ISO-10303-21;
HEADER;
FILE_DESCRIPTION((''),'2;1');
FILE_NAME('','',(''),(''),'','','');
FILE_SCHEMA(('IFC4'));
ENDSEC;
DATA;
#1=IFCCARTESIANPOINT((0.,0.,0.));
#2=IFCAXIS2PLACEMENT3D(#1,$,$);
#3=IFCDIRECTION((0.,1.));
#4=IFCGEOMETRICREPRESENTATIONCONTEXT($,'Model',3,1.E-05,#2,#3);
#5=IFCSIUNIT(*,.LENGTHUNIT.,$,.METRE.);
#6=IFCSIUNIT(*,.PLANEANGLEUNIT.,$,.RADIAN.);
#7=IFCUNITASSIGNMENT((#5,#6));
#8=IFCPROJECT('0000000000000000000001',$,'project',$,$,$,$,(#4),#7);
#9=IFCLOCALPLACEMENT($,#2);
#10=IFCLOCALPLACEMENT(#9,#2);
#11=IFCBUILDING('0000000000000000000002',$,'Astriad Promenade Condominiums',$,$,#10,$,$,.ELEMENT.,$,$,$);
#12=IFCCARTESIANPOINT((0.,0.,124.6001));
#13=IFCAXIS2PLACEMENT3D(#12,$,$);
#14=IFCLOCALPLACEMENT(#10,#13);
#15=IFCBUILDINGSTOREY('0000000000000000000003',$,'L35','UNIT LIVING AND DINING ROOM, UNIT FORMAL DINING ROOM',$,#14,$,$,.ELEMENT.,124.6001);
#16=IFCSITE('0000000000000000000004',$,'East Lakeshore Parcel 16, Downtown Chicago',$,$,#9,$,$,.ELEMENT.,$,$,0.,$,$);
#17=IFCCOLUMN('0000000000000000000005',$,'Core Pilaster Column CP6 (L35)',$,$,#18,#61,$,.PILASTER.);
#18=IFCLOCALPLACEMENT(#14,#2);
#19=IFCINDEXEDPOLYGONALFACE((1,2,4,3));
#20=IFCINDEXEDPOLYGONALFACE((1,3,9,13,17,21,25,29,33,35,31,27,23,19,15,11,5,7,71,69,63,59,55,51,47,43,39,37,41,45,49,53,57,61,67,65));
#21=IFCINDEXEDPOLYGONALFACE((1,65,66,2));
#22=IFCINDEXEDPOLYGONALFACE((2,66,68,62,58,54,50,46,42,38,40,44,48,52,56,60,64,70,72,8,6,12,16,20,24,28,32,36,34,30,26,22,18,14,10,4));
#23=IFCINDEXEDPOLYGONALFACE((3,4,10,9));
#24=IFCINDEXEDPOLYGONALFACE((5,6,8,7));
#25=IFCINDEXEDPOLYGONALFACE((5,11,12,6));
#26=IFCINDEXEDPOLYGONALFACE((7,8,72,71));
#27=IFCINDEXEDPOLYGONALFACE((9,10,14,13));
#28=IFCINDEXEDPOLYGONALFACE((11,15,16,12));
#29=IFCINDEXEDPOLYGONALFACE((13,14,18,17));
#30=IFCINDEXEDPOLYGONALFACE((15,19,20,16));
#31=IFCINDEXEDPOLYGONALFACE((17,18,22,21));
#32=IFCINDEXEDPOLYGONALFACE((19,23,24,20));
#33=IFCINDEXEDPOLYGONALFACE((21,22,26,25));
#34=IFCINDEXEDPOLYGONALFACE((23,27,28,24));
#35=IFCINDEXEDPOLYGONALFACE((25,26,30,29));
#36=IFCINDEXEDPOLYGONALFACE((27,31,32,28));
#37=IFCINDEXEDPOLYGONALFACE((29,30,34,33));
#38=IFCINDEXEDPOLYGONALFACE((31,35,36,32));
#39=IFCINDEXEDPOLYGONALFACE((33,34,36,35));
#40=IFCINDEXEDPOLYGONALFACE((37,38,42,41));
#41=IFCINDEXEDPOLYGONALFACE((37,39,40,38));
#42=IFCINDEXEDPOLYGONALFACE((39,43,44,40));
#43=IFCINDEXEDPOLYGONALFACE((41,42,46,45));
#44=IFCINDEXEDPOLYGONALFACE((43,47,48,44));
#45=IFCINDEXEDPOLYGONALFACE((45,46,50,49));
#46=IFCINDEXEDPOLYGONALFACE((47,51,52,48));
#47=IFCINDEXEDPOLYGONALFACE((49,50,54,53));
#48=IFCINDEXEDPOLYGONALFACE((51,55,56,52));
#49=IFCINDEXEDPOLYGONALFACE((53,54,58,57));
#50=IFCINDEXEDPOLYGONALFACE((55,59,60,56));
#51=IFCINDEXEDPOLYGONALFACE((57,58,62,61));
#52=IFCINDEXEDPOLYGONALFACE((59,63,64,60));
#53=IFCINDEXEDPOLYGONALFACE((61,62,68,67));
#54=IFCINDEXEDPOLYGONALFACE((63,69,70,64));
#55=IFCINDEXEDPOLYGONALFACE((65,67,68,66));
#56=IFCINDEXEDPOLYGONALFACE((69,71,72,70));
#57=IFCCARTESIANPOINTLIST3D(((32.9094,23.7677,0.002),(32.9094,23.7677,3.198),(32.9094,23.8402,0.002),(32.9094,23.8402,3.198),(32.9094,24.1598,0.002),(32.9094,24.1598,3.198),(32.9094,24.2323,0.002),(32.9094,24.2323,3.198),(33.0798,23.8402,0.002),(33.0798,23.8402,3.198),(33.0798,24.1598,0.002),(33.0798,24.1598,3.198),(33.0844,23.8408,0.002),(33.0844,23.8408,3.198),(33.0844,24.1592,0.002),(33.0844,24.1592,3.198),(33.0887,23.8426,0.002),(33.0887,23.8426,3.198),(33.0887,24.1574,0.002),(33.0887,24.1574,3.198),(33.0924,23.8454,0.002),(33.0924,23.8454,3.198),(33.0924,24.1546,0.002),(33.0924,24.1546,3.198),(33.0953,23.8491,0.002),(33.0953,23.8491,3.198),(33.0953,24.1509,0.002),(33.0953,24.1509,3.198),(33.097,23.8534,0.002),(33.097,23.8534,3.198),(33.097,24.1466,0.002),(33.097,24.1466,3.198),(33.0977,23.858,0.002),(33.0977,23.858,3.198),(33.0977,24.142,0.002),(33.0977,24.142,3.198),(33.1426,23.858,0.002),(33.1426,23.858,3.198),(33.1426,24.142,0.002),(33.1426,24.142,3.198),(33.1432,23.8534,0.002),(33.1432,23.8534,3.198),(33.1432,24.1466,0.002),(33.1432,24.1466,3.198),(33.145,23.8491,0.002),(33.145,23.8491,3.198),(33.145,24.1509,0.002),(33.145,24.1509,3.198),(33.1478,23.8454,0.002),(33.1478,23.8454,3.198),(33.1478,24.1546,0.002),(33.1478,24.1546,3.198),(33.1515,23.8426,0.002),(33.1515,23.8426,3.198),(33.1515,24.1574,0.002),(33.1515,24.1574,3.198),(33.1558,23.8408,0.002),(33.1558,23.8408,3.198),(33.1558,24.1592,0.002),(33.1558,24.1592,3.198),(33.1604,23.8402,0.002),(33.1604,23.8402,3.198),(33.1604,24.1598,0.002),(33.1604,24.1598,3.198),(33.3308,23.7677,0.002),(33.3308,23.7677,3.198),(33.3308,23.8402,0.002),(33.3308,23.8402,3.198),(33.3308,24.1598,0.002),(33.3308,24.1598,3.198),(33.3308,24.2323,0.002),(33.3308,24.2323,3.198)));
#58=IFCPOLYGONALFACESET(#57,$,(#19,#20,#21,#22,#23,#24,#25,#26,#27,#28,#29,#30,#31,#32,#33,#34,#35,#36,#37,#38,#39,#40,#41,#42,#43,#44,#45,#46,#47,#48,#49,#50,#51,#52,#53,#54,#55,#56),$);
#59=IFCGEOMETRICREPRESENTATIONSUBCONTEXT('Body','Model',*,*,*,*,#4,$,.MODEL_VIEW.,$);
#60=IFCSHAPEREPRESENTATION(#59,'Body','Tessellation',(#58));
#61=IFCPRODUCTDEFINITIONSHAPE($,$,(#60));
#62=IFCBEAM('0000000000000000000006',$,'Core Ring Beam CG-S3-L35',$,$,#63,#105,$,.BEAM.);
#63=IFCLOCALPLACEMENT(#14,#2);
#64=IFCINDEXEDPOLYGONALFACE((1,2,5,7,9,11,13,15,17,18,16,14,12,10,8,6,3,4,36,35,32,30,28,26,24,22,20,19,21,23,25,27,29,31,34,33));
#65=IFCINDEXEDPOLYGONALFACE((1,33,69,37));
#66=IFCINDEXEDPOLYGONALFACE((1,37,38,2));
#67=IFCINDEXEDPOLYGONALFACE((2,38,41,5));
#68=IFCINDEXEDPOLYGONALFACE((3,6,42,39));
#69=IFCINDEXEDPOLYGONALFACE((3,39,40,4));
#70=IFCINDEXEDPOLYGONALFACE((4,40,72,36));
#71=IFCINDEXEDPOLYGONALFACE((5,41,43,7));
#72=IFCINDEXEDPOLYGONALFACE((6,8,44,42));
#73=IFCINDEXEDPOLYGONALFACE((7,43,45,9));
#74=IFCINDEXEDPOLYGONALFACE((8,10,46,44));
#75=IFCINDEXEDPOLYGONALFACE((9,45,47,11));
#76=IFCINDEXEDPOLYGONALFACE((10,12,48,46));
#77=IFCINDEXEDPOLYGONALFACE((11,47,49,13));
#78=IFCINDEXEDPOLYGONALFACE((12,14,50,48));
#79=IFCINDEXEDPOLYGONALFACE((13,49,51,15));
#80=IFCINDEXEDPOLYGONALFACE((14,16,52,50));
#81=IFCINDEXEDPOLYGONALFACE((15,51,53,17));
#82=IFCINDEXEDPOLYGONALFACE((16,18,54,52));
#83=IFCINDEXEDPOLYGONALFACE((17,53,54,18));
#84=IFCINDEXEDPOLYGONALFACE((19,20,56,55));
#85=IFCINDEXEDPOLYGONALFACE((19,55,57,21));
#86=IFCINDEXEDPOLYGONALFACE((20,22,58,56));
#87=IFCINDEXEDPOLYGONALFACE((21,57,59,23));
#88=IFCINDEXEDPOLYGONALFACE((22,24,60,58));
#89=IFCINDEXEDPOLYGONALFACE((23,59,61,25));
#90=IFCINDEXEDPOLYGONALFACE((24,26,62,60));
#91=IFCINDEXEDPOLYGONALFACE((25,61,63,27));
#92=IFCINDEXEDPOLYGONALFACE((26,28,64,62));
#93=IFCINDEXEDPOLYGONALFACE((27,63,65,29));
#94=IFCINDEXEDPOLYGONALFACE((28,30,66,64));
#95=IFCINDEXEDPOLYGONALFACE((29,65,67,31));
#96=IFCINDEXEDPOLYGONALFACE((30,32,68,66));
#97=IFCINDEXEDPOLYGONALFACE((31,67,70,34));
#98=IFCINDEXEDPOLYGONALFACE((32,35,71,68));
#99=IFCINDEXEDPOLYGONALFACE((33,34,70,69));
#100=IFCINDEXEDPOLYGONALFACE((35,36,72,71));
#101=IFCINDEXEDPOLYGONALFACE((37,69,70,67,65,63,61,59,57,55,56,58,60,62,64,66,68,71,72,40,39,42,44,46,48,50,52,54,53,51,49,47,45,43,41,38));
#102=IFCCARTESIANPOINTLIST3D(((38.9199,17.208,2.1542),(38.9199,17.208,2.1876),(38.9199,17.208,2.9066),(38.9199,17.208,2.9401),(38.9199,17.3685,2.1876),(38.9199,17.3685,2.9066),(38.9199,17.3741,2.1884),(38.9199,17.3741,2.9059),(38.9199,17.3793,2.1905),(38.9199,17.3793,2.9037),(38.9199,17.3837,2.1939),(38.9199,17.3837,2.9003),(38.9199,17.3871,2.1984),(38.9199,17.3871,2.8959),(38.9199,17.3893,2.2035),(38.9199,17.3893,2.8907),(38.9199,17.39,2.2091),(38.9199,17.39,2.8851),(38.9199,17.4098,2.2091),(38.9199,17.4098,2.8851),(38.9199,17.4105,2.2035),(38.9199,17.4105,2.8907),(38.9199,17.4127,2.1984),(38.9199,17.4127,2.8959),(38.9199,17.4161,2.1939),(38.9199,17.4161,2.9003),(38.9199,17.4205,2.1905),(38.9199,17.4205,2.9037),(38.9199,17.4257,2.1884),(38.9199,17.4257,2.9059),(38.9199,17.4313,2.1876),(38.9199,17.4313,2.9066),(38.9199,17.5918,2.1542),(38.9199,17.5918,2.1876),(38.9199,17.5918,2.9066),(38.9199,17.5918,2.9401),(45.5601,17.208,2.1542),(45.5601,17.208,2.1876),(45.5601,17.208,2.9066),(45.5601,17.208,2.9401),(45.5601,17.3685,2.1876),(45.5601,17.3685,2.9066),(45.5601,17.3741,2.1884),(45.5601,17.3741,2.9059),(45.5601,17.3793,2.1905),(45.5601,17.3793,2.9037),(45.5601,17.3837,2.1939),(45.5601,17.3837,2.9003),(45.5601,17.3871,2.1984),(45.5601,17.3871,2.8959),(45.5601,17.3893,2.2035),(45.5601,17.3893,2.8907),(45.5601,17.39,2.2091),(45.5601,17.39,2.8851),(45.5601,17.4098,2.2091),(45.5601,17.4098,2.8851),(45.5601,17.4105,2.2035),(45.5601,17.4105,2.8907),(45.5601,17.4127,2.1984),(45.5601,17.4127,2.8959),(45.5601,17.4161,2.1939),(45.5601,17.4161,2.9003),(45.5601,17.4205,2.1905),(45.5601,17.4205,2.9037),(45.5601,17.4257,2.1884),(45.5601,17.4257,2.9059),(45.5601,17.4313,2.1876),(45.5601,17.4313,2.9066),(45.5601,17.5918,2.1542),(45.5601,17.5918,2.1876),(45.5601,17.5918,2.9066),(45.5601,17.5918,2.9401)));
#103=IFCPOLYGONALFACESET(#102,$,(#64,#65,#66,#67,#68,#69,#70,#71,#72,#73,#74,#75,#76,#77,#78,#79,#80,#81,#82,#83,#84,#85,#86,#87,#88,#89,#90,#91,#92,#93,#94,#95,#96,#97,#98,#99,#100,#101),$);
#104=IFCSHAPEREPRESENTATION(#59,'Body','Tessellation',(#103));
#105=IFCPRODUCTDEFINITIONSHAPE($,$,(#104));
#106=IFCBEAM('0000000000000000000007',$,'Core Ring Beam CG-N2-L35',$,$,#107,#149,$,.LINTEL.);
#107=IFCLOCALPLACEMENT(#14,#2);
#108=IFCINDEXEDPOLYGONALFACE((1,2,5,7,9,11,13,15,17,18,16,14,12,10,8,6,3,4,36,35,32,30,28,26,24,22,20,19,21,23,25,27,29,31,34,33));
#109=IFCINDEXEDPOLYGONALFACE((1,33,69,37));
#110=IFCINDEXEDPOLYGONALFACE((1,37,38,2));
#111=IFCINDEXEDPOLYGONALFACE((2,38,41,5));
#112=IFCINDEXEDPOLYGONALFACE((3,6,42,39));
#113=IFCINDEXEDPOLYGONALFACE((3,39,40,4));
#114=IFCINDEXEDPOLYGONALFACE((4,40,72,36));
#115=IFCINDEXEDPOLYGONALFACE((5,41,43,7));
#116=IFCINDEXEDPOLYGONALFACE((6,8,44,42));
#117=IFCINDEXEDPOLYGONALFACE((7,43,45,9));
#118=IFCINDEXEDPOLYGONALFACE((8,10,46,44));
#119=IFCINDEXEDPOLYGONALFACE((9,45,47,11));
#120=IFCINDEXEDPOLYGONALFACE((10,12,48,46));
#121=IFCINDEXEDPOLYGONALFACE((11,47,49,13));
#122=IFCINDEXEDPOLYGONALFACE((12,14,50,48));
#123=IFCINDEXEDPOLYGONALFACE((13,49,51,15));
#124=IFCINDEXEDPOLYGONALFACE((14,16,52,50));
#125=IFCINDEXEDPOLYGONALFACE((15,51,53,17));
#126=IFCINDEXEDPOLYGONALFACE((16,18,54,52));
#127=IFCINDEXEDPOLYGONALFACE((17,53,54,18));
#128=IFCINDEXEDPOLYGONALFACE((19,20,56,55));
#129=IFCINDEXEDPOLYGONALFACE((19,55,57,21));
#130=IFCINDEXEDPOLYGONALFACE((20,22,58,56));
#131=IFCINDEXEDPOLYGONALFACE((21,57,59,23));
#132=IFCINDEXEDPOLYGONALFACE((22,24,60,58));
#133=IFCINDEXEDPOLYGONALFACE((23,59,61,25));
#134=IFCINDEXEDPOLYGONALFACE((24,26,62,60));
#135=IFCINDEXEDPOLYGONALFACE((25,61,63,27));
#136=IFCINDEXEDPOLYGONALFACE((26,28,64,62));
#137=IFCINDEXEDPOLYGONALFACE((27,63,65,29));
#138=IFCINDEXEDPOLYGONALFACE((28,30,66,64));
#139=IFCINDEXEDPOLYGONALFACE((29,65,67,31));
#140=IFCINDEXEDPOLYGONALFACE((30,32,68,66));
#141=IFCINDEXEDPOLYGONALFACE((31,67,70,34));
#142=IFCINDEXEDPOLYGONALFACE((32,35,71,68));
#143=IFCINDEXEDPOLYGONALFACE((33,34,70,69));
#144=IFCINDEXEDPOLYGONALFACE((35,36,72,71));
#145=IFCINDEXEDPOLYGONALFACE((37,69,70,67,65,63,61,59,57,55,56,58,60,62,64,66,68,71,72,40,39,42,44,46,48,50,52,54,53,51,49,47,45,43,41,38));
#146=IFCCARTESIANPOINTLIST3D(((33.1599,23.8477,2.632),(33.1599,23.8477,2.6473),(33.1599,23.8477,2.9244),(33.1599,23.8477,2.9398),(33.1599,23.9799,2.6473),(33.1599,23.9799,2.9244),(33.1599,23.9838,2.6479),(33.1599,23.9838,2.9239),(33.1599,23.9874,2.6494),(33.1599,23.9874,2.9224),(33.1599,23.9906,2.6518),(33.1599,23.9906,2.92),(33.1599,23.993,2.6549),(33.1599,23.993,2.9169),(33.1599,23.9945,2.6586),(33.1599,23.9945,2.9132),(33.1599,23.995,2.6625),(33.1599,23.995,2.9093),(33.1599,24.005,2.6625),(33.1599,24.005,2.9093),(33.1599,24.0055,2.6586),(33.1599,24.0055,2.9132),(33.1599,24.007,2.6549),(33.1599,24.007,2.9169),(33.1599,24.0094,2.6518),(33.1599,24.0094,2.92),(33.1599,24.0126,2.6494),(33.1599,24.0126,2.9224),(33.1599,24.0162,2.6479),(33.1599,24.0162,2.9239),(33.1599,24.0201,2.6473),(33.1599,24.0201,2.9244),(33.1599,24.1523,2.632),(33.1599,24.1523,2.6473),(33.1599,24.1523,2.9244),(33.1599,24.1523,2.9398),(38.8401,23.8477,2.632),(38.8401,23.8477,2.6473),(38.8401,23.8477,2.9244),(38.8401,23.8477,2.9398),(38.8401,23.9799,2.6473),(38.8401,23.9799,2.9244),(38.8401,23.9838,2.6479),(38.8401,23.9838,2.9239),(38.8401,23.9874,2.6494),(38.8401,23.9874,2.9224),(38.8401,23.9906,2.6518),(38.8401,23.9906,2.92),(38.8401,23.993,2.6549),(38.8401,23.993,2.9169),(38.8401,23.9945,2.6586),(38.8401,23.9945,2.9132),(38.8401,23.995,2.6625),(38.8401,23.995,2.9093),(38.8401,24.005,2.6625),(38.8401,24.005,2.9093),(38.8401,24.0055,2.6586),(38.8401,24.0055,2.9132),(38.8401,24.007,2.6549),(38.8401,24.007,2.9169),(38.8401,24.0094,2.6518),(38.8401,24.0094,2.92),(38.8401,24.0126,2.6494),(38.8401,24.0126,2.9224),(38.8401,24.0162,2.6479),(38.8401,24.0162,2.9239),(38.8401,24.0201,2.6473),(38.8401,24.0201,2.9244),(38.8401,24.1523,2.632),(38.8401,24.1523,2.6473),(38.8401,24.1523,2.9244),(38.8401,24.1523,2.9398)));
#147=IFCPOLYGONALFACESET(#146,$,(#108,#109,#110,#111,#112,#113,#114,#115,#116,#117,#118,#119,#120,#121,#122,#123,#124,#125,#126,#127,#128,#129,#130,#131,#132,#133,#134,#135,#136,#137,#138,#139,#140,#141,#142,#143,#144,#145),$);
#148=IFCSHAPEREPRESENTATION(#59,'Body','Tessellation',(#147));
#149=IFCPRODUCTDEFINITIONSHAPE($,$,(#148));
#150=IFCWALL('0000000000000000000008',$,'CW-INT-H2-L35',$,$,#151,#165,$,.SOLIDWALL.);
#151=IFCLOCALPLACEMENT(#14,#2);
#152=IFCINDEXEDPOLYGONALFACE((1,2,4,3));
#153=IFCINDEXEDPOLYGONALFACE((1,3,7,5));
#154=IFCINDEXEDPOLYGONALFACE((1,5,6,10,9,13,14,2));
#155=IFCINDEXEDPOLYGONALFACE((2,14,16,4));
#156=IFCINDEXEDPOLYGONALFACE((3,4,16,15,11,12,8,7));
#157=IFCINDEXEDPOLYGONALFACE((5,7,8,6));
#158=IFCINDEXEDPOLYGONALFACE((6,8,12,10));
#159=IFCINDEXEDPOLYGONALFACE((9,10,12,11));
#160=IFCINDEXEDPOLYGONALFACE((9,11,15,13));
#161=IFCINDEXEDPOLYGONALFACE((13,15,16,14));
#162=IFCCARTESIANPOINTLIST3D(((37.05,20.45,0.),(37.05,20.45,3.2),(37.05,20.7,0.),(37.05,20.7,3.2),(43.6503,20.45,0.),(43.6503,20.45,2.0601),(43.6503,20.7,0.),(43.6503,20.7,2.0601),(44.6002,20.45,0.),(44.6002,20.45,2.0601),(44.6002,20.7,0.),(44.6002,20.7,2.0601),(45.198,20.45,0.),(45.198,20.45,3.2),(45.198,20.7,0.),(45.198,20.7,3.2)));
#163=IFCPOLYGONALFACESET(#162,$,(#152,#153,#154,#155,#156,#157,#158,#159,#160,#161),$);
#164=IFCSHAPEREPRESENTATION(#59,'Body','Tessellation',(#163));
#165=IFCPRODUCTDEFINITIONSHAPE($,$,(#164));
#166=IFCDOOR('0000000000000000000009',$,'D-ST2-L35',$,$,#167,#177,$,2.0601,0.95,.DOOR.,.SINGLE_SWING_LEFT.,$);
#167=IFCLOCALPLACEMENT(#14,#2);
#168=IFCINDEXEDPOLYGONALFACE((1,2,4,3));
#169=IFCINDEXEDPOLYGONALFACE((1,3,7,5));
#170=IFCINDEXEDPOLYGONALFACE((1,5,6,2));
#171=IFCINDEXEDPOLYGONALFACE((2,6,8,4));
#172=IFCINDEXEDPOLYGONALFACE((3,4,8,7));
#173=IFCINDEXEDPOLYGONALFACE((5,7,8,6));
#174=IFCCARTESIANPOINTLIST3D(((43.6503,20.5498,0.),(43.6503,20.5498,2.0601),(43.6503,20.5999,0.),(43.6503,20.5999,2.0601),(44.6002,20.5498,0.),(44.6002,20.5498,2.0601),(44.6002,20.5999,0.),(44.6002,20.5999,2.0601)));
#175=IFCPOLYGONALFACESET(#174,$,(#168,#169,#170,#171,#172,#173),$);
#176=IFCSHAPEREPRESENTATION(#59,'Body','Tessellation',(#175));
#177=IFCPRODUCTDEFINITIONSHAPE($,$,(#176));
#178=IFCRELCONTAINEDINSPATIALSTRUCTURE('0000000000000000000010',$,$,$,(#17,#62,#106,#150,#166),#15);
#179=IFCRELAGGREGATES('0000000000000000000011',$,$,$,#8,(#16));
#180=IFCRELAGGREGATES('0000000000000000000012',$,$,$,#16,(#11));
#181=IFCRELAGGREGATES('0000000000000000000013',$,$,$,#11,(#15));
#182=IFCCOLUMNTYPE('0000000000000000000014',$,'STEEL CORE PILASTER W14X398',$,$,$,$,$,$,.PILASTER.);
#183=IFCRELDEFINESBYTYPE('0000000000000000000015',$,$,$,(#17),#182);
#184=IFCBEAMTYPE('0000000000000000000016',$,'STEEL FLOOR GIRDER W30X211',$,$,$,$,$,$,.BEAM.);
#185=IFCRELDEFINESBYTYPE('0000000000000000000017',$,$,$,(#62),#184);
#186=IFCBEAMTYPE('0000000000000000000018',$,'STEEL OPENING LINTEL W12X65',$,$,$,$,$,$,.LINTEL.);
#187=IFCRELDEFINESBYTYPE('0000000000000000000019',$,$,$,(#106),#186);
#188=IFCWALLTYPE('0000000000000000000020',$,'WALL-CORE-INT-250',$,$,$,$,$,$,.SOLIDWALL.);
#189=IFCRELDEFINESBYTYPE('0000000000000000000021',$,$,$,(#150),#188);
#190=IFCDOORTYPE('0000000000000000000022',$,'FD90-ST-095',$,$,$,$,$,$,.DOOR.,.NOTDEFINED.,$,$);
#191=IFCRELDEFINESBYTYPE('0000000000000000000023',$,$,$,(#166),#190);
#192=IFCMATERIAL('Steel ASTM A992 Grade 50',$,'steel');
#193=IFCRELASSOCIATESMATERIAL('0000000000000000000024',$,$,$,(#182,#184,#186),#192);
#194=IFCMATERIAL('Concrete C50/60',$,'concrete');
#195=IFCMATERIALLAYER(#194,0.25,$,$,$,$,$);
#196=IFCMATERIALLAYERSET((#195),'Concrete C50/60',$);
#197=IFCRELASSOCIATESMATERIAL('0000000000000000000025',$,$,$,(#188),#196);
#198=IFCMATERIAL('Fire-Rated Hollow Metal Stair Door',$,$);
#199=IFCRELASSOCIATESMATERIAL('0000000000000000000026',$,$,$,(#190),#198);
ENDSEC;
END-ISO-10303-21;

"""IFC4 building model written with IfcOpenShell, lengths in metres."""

from ifc_helpers import new_model, si_unit, direction, frame, frame_2d, origin, origin_2d, place, context, subcontext, project, spatial, rectangle, i_section, extrude, source, transform, mapped, material, layer, layer_set, material_profile, profile_set, type_object, type_shapes, element, fill, save


model = new_model("IFC4")

# Units and contexts
model_context = context("Model", 3, precision=1e-05, world=origin(), true_north=direction((0.0, 1.0)))
body_context = subcontext(model_context, "Body", "Model", "MODEL_VIEW")
ifc_project = project(units=[si_unit("LENGTHUNIT", "METRE"), si_unit("PLANEANGLEUNIT", "RADIAN")], contexts=[model_context])

# Site, building, storey
site_placement = place(None, origin())
site = spatial("IfcSite", under=ifc_project, at=site_placement, Name="East Lakeshore Parcel 16, Downtown Chicago", CompositionType="ELEMENT", RefElevation=0.0)
building_placement = place(site_placement, origin())
building = spatial("IfcBuilding", under=site, at=building_placement, Name="Astriad Promenade Condominiums", CompositionType="ELEMENT")
storey_placement = place(building_placement, frame((0.0, 0.0, 124.6001)))
storey = spatial("IfcBuildingStorey", under=building, at=storey_placement, Name="L35", Description="UNIT LIVING AND DINING ROOM, UNIT FORMAL DINING ROOM", CompositionType="ELEMENT", Elevation=124.6001)

# Column
ifc_material_1 = material(Name="Steel ASTM A992 Grade 50", Category="steel")
ifc_material_profile_1 = material_profile(ifc_material_1, i_section(OverallWidth=0.4214, OverallDepth=0.4646, WebThickness=0.0449, FlangeThickness=0.0725, FilletRadius=0.0178, at=origin_2d()), Name="W14X398")
ifc_profile_set_1 = profile_set([ifc_material_profile_1], Name="Steel ASTM A992 Grade 50")
column_type = type_object("IfcColumnType", Name="STEEL CORE PILASTER W14X398", PredefinedType="PILASTER", material=ifc_profile_set_1)
shared_shape_1 = source(origin(), body_context, "Body", "SweptSolid", [
    extrude(i_section(OverallWidth=0.4214, OverallDepth=0.4646, WebThickness=0.0449, FlangeThickness=0.0725, FilletRadius=0.0178, at=origin_2d()), origin(), (0.0, 0.0, 1.0), 3.196),
])
type_shapes(column_type, [shared_shape_1])
column_placement = place(storey_placement, frame((33.1201, 24.0, 0.002), z_axis=(0.0, 0.0, 1.0), x_axis=(1.0, 0.0, 0.0)))
element("IfcColumn", 1, at=column_placement, inside=storey, type_object=column_type, Name="Core Pilaster Column CP6 (L35)", PredefinedType="PILASTER", context=body_context, shape_type="MappedRepresentation", body=[
    mapped(shared_shape_1, transform((0.0, 0.0, 0.0), scale=1.0)),
])

# Beams
ifc_material_profile_2 = material_profile(ifc_material_1, i_section(OverallWidth=0.3838, OverallDepth=0.7859, WebThickness=0.0198, FlangeThickness=0.0334, FilletRadius=0.0215, at=origin_2d()), Name="W30X211")
ifc_profile_set_2 = profile_set([ifc_material_profile_2], Name="Steel ASTM A992 Grade 50")
beam_type_1 = type_object("IfcBeamType", Name="STEEL FLOOR GIRDER W30X211", PredefinedType="BEAM", material=ifc_profile_set_2)
shared_shape_2 = source(origin(), body_context, "Body", "SweptSolid", [
    extrude(i_section(OverallWidth=0.3838, OverallDepth=0.7859, WebThickness=0.0198, FlangeThickness=0.0334, FilletRadius=0.0215, at=origin_2d()), origin(), (0.0, 0.0, 1.0), 6.6401),
])
type_shapes(beam_type_1, [shared_shape_2])
beam_1_placement = place(storey_placement, frame((38.9199, 17.3999, 2.5471), z_axis=(1.0, 0.0, 0.0), x_axis=(0.0, 1.0, 0.0)))
element("IfcBeam", 2, at=beam_1_placement, inside=storey, type_object=beam_type_1, Name="Core Ring Beam CG-S3-L35", PredefinedType="BEAM", context=body_context, shape_type="MappedRepresentation", body=[
    mapped(shared_shape_2, transform((0.0, 0.0, 0.0), scale=1.0)),
])
ifc_material_profile_3 = material_profile(ifc_material_1, i_section(OverallWidth=0.3047, OverallDepth=0.3079, WebThickness=0.01, FlangeThickness=0.0154, FilletRadius=0.0151, at=origin_2d()), Name="W12X65")
ifc_profile_set_3 = profile_set([ifc_material_profile_3], Name="Steel ASTM A992 Grade 50")
beam_type_2 = type_object("IfcBeamType", Name="STEEL OPENING LINTEL W12X65", PredefinedType="LINTEL", material=ifc_profile_set_3)
shared_shape_3 = source(origin(), body_context, "Body", "SweptSolid", [
    extrude(i_section(OverallWidth=0.3047, OverallDepth=0.3079, WebThickness=0.01, FlangeThickness=0.0154, FilletRadius=0.0151, at=origin_2d()), origin(), (0.0, 0.0, 1.0), 5.6802),
])
type_shapes(beam_type_2, [shared_shape_3])
beam_2_placement = place(storey_placement, frame((33.1599, 24.0, 2.7859), z_axis=(1.0, 0.0, 0.0), x_axis=(0.0, 1.0, 0.0)))
element("IfcBeam", 3, at=beam_2_placement, inside=storey, type_object=beam_type_2, Name="Core Ring Beam CG-N2-L35", PredefinedType="LINTEL", context=body_context, shape_type="MappedRepresentation", body=[
    mapped(shared_shape_3, transform((0.0, 0.0, 0.0), scale=1.0)),
])

# Wall, opening, door
ifc_material_2 = material(Name="Concrete C50/60", Category="concrete")
ifc_layer_1 = layer(ifc_material_2, 0.25)
ifc_layer_set_1 = layer_set([ifc_layer_1], Name="Concrete C50/60")
wall_type_1 = type_object("IfcWallType", Name="WALL-CORE-INT-250", PredefinedType="SOLIDWALL", material=ifc_layer_set_1)
wall_1_placement = place(storey_placement, frame((37.05, 20.575, 0.0), z_axis=(0.0, 0.0, 1.0), x_axis=(1.0, 0.0, 0.0)))
wall_1 = element("IfcWall", 4, at=wall_1_placement, inside=storey, type_object=wall_type_1, Name="CW-INT-H2-L35", PredefinedType="SOLIDWALL", context=body_context, shape_type="SweptSolid", body=[
    extrude(rectangle(XDim=8.1479, YDim=0.25, at=frame_2d((4.074, 0.0))), origin(), (0.0, 0.0, 1.0), 3.2),
])
opening_1_placement = place(wall_1_placement, frame((6.6001, 0.0, 0.0)))
opening_1 = element("IfcOpeningElement", 5, at=opening_1_placement, cuts=wall_1, PredefinedType="OPENING", context=body_context, shape_type="SweptSolid", body=[
    extrude(rectangle(XDim=0.95, YDim=2.0601, at=frame_2d((0.4751, 1.03))), frame((0.0, 0.135, 0.0), z_axis=(0.0, -1.0, 0.0), x_axis=(1.0, 0.0, 0.0)), (0.0, 0.0, 1.0), 0.27),
])
ifc_material_3 = material(Name="Fire-Rated Hollow Metal Stair Door")
door_type_1 = type_object("IfcDoorType", Name="FD90-ST-095", OperationType="NOTDEFINED", PredefinedType="DOOR", material=ifc_material_3)
shared_shape_4 = source(origin(), body_context, "Body", "SweptSolid", [
    extrude(rectangle(XDim=0.95, YDim=2.0601, at=frame_2d((0.4751, 1.03))), frame((0.0, 0.0249, 0.0), z_axis=(0.0, -1.0, 0.0), x_axis=(1.0, 0.0, 0.0)), (0.0, 0.0, 1.0), 0.05),
])
type_shapes(door_type_1, [shared_shape_4])
door_1_placement = place(opening_1_placement, origin())
door_1 = element("IfcDoor", 6, at=door_1_placement, inside=storey, type_object=door_type_1, Name="D-ST2-L35", OperationType="SINGLE_SWING_LEFT", OverallHeight=2.0601, OverallWidth=0.95, PredefinedType="DOOR", context=body_context, shape_type="MappedRepresentation", body=[
    mapped(shared_shape_4, transform((0.0, 0.0, 0.0), scale=1.0)),
])
fill(opening_1, door_1)

save(model, "model.ifc")
